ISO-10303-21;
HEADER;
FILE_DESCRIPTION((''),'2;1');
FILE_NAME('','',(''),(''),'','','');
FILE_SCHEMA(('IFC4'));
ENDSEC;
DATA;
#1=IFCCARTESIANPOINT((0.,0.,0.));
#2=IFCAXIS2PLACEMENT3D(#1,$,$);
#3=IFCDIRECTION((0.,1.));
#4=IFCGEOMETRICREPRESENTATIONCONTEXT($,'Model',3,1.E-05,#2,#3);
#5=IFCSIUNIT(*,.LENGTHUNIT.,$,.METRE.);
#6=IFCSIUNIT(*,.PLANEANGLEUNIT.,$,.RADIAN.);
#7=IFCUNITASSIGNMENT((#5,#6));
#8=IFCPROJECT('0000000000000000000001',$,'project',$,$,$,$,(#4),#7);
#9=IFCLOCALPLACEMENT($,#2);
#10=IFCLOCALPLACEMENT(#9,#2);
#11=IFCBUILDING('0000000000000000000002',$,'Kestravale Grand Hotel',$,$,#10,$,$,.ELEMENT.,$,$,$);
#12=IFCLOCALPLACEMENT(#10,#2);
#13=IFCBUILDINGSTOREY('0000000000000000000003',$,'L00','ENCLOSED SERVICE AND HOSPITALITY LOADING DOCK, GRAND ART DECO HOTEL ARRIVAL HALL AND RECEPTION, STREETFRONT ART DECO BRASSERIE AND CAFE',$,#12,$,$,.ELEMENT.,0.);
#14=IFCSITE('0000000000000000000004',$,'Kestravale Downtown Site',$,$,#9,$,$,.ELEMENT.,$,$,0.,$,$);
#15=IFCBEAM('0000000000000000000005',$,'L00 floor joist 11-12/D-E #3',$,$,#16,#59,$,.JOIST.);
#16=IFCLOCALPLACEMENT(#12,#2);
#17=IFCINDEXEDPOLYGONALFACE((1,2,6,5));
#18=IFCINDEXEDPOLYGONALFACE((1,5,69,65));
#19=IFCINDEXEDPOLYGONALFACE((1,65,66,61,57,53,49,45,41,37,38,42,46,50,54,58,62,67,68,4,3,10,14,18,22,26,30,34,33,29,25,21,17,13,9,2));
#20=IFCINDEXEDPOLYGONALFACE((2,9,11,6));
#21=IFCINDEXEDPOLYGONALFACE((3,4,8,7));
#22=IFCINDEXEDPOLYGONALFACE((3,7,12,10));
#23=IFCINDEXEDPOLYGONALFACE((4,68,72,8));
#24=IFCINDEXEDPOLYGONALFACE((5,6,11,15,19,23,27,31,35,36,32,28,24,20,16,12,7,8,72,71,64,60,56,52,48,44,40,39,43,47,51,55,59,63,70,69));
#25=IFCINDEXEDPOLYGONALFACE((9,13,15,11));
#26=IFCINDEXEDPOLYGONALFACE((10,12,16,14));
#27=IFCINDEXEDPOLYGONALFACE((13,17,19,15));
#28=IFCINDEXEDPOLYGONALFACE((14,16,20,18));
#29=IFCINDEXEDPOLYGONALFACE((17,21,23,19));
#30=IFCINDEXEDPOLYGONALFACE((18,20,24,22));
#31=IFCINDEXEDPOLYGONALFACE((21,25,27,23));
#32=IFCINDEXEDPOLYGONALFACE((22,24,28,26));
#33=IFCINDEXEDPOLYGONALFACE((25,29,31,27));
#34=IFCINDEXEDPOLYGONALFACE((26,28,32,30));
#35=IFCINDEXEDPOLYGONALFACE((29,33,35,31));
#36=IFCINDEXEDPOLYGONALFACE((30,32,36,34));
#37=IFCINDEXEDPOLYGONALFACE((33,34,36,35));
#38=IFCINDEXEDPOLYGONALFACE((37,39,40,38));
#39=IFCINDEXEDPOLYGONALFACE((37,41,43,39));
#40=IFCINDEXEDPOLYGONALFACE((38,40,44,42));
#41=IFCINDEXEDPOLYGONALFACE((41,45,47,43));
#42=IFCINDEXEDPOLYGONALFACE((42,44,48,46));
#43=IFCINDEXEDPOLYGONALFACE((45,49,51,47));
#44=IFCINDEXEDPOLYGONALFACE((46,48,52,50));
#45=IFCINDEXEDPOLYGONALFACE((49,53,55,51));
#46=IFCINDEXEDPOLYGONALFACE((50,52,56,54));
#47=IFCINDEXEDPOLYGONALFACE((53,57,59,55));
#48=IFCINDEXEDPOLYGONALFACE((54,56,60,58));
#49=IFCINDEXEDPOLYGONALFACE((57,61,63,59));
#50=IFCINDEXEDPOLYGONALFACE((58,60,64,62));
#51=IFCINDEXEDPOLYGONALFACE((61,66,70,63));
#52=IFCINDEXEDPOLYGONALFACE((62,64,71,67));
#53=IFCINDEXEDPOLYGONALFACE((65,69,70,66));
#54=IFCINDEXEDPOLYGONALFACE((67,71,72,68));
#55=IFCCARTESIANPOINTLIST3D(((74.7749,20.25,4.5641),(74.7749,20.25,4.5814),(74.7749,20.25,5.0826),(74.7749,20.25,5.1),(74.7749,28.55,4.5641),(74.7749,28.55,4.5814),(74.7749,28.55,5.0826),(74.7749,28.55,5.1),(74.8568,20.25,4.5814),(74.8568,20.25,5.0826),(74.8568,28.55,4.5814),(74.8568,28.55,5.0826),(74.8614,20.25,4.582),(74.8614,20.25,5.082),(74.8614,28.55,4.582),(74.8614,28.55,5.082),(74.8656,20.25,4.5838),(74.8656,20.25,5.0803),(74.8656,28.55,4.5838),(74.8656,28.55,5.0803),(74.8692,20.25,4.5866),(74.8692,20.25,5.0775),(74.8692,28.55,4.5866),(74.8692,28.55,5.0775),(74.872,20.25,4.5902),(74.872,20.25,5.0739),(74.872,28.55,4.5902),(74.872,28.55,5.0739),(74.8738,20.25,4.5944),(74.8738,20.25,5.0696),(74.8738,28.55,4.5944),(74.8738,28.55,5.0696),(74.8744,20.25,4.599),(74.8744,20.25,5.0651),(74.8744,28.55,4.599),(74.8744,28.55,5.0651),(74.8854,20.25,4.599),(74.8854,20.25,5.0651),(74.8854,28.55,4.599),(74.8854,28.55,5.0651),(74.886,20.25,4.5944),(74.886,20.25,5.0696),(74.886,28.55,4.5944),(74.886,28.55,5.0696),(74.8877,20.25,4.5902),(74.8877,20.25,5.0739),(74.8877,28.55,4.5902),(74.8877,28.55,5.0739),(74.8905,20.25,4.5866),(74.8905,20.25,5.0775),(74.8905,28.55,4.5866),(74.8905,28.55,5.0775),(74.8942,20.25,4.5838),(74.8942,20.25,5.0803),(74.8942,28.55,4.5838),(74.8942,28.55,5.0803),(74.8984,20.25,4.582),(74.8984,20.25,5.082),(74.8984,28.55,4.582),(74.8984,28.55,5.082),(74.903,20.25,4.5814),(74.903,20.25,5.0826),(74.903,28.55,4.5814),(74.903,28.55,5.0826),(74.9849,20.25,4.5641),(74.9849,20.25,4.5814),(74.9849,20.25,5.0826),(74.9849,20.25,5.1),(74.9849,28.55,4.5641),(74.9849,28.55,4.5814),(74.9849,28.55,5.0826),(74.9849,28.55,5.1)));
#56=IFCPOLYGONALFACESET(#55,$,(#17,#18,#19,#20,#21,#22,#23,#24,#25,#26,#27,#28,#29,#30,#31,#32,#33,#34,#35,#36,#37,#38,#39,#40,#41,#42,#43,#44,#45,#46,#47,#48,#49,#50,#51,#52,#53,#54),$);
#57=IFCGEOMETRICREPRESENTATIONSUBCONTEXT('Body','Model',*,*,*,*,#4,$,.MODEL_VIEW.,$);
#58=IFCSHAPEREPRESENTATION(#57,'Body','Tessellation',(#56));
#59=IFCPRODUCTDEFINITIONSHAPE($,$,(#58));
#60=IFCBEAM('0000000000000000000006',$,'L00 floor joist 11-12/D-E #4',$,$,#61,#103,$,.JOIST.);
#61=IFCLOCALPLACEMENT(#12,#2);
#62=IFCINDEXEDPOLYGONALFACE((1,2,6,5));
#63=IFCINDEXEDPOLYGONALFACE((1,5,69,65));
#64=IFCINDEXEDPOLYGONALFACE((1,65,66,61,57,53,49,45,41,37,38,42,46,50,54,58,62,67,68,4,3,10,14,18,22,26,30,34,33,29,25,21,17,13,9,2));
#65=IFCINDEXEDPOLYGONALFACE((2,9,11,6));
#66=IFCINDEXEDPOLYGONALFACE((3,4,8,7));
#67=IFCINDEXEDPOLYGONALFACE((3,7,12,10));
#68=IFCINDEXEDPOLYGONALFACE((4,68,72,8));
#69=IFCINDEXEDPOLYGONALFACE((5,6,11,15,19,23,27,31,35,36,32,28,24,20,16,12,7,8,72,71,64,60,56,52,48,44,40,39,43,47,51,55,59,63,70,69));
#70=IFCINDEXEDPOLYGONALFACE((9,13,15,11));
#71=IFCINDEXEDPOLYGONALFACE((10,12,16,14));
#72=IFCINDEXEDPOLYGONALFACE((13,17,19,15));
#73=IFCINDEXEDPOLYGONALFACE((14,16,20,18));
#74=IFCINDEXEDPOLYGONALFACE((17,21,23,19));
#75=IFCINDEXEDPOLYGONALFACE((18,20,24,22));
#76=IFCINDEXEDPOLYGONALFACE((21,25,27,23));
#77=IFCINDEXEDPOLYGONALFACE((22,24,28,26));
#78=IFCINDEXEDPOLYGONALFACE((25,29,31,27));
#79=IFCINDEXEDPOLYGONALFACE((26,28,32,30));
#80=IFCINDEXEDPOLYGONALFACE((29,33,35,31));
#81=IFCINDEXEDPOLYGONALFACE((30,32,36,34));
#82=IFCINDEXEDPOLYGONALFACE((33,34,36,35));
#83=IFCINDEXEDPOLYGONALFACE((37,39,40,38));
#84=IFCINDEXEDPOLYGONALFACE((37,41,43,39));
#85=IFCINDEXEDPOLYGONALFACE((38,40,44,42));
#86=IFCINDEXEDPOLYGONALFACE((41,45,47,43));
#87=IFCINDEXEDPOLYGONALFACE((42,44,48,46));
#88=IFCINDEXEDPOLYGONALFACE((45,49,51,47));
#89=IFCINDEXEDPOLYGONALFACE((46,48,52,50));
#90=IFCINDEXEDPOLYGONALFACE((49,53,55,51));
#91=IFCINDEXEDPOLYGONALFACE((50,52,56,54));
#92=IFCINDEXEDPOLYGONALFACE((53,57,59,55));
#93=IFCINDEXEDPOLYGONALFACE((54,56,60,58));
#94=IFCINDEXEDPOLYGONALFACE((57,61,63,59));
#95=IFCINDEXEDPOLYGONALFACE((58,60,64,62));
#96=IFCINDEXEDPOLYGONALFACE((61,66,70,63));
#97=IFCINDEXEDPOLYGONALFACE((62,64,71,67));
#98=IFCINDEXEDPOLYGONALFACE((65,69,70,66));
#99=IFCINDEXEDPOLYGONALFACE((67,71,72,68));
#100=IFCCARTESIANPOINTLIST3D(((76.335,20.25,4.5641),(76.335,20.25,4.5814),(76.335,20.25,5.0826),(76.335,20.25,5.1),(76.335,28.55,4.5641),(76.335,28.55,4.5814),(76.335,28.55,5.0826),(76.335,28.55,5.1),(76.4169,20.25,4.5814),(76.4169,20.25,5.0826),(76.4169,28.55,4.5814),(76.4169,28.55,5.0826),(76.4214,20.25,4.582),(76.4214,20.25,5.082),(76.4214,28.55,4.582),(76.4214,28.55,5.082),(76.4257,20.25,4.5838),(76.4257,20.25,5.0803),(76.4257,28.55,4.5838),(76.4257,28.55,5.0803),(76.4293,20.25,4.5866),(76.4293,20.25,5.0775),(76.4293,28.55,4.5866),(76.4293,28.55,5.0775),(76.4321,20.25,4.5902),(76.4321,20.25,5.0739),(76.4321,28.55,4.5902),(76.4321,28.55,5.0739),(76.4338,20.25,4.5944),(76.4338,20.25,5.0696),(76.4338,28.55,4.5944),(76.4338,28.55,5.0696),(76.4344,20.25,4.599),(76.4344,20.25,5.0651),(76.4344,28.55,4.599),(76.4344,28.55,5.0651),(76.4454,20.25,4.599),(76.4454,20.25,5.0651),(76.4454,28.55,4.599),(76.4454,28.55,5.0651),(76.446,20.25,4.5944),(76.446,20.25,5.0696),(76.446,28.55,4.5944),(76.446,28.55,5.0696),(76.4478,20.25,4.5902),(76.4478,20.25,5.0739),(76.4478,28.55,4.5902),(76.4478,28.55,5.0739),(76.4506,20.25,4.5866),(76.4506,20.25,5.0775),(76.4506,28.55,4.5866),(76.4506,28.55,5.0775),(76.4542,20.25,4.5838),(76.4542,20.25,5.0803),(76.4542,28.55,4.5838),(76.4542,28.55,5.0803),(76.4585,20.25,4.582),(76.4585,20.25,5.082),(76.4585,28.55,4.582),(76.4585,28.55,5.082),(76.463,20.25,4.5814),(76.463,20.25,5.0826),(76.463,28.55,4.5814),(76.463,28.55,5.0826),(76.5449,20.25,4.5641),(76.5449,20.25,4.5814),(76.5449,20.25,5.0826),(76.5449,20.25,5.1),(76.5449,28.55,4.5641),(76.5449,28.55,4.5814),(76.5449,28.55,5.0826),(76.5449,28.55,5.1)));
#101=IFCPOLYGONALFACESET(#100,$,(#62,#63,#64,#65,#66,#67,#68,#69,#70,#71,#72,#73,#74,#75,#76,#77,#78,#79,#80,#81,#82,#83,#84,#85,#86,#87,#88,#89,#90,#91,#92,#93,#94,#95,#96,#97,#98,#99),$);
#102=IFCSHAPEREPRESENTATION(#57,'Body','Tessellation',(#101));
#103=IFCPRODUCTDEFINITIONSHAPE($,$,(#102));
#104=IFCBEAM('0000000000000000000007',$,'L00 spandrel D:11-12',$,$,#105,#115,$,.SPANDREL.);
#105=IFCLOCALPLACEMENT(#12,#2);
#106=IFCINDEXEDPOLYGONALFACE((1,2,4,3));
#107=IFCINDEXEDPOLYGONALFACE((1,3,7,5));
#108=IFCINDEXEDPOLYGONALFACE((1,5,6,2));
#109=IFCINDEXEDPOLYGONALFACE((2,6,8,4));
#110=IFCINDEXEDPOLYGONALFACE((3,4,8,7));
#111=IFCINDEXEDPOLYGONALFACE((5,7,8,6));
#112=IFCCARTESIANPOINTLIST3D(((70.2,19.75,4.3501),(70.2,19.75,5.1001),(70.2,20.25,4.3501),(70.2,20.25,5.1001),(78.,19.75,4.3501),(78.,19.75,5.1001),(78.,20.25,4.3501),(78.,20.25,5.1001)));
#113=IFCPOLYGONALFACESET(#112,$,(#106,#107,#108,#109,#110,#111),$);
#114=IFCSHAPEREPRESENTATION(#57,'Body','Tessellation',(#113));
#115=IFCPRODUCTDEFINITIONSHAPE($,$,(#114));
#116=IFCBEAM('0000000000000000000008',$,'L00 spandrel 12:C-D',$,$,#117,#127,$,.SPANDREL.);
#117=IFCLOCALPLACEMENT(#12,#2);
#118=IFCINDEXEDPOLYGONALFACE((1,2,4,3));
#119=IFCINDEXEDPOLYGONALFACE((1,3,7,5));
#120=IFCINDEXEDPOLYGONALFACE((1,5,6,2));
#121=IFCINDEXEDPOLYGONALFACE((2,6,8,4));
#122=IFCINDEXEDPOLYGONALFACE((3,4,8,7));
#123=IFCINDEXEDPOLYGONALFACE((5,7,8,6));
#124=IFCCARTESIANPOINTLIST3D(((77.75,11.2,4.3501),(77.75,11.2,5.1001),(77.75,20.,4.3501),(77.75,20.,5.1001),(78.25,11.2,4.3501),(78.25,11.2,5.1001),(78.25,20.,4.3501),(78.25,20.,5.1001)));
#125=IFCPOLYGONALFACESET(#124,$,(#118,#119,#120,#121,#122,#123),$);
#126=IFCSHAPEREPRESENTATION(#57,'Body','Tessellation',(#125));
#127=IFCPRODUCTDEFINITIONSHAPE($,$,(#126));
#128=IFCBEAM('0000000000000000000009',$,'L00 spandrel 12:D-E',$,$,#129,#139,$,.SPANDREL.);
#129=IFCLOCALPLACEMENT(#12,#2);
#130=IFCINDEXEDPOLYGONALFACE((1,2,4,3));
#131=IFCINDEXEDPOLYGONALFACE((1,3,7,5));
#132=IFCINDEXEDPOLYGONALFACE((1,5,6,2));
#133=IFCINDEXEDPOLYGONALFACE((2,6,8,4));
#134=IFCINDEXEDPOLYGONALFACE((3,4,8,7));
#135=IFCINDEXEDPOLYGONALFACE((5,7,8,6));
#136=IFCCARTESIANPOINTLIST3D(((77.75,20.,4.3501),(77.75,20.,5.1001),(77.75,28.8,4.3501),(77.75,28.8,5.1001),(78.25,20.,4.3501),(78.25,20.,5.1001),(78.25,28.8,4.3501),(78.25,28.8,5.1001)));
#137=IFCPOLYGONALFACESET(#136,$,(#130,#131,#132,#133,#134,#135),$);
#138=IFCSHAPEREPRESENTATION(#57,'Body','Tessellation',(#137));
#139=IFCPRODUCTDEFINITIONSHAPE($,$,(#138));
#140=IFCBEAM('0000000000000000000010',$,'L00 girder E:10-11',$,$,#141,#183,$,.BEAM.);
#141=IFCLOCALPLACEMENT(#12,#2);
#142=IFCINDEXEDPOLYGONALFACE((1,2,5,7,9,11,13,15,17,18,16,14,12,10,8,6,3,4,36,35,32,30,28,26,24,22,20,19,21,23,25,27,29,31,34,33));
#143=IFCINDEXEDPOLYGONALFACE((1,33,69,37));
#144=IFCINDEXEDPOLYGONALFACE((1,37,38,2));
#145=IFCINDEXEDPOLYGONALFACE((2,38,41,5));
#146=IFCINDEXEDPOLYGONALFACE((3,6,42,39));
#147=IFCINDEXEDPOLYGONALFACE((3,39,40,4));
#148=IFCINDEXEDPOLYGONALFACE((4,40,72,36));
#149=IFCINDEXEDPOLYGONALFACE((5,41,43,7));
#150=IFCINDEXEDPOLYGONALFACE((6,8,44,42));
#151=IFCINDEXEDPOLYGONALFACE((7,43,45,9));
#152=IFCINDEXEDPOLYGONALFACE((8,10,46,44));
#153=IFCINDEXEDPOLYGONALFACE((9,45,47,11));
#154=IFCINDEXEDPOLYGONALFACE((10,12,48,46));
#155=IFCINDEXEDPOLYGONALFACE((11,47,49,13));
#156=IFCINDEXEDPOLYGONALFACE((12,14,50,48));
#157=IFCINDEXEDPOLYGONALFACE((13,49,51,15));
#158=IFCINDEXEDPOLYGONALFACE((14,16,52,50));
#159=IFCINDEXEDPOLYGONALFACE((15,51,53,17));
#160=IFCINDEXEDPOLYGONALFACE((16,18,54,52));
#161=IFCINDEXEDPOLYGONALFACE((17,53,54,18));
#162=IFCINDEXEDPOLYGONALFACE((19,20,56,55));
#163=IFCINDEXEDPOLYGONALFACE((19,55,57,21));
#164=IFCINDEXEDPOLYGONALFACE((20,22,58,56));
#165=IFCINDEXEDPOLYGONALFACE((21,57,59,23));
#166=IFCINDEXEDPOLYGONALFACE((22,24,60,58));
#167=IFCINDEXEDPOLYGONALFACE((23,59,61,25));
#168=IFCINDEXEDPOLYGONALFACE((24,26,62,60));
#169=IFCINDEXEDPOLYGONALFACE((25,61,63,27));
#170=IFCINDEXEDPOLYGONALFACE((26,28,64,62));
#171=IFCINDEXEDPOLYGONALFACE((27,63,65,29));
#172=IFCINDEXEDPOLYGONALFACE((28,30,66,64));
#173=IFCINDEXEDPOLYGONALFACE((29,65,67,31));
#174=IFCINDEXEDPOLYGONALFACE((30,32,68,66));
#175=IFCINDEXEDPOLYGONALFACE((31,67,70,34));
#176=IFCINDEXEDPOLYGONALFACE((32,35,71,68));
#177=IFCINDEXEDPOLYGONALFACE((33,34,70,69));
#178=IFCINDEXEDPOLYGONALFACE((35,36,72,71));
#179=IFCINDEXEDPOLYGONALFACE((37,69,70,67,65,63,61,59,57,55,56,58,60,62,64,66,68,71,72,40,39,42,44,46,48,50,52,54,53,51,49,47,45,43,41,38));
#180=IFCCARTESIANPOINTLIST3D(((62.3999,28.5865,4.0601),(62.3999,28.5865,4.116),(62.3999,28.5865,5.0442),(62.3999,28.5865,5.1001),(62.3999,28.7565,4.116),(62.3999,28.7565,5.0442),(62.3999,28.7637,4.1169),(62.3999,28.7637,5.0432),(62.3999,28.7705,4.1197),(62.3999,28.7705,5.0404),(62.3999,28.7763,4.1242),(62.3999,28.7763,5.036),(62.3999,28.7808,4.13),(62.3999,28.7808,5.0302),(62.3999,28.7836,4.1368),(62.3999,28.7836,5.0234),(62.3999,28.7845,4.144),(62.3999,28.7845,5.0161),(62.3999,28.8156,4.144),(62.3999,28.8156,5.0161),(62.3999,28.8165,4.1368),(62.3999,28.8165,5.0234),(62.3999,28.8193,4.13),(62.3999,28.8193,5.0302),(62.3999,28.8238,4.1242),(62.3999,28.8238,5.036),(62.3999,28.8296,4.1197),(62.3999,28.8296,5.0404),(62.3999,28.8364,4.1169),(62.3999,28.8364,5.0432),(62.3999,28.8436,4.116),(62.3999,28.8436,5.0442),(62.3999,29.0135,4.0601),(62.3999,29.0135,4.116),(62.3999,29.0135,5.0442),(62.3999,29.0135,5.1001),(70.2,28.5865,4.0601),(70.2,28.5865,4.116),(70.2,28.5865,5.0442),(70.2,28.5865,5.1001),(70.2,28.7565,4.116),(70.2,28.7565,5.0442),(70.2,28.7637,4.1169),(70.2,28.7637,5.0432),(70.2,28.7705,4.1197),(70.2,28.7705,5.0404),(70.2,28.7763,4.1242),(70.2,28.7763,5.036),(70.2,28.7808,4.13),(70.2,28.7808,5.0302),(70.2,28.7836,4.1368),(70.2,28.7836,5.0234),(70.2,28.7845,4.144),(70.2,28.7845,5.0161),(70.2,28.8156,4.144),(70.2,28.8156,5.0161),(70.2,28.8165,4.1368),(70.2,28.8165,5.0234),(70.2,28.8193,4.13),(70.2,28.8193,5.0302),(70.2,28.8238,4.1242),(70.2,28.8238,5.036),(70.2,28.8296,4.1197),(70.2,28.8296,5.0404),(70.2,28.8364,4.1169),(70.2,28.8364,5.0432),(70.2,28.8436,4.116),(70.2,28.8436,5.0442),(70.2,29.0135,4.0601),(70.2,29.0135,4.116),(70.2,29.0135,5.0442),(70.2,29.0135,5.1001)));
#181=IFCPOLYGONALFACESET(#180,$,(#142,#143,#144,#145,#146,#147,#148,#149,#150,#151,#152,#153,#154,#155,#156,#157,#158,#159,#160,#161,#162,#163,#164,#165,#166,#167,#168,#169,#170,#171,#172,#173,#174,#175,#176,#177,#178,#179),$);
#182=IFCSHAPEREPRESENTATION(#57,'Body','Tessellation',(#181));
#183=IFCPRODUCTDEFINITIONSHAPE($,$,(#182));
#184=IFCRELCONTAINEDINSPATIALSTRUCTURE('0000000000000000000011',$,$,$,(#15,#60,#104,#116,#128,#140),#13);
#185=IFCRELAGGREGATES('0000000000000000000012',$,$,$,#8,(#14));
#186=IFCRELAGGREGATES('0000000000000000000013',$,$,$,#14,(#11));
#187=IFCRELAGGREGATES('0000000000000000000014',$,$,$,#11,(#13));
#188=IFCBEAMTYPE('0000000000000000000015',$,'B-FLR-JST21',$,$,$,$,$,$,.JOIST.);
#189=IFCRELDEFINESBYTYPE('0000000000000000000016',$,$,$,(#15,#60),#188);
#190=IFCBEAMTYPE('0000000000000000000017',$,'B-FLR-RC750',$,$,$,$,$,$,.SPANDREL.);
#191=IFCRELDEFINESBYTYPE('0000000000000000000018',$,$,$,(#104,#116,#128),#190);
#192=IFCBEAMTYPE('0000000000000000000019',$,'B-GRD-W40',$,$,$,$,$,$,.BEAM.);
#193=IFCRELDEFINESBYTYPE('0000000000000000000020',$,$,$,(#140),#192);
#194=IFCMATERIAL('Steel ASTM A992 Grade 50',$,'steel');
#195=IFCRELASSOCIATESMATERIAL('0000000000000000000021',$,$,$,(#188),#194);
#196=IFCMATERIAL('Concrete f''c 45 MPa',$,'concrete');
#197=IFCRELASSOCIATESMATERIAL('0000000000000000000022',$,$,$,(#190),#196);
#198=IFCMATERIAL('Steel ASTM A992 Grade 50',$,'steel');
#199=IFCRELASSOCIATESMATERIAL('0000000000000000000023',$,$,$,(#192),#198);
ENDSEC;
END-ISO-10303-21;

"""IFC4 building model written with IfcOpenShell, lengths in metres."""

from ifc_helpers import new_model, si_unit, direction, frame, origin, origin_2d, place, context, subcontext, project, spatial, rectangle, i_section, extrude, material, material_profile, profile_set, type_object, element, save


model = new_model("IFC4")

# Units and contexts
model_context = context("Model", 3, precision=1e-05, world=origin(), true_north=direction((0.0, 1.0)))
body_context = subcontext(model_context, "Body", "Model", "MODEL_VIEW")
ifc_project = project(units=[si_unit("LENGTHUNIT", "METRE"), si_unit("PLANEANGLEUNIT", "RADIAN")], contexts=[model_context])

# Site, building, storey
site_placement = place(None, origin())
site = spatial("IfcSite", under=ifc_project, at=site_placement, Name="Kestravale Downtown Site", CompositionType="ELEMENT", RefElevation=0.0)
building_placement = place(site_placement, origin())
building = spatial("IfcBuilding", under=site, at=building_placement, Name="Kestravale Grand Hotel", CompositionType="ELEMENT")
storey_placement = place(building_placement, origin())
storey = spatial("IfcBuildingStorey", under=building, at=storey_placement, Name="L00", Description="ENCLOSED SERVICE AND HOSPITALITY LOADING DOCK, GRAND ART DECO HOTEL ARRIVAL HALL AND RECEPTION, STREETFRONT ART DECO BRASSERIE AND CAFE", CompositionType="ELEMENT", Elevation=0.0)

# Beams
ifc_material_1 = material(Name="Steel ASTM A992 Grade 50", Category="steel")
ifc_material_profile_1 = material_profile(ifc_material_1, i_section(OverallWidth=0.21, OverallDepth=0.5359, WebThickness=0.011, FlangeThickness=0.0173, FilletRadius=0.0176, at=origin_2d()))
ifc_profile_set_1 = profile_set([ifc_material_profile_1], Name="Steel ASTM A992 Grade 50")
beam_type_1 = type_object("IfcBeamType", Name="B-FLR-JST21", PredefinedType="JOIST", material=ifc_profile_set_1)
for number, where, z_axis, x_axis, name in (
    (1, (74.8799, 20.25, 4.832), (0.0, 1.0, 0.0), (-1.0, 0.0, 0.0), "L00 floor joist 11-12/D-E #3"),
    (2, (76.4399, 20.25, 4.832), (0.0, 1.0, 0.0), (-1.0, 0.0, 0.0), "L00 floor joist 11-12/D-E #4"),
):
    element("IfcBeam", number, at=place(storey_placement, frame(where, z_axis=z_axis, x_axis=x_axis)), inside=storey, type_object=beam_type_1, Name=name, PredefinedType="JOIST", context=body_context, shape_type="SweptSolid", body=[
        extrude(i_section(OverallWidth=0.21, OverallDepth=0.5359, WebThickness=0.011, FlangeThickness=0.0173, FilletRadius=0.0176, at=origin_2d()), origin(), (0.0, 0.0, 1.0), 8.3),
    ])
ifc_material_2 = material(Name="Concrete f'c 45 MPa", Category="concrete")
ifc_material_profile_2 = material_profile(ifc_material_2, rectangle(XDim=0.5, YDim=0.75, at=origin_2d()))
ifc_profile_set_2 = profile_set([ifc_material_profile_2], Name="Concrete f'c 45 MPa")
beam_type_2 = type_object("IfcBeamType", Name="B-FLR-RC750", PredefinedType="SPANDREL", material=ifc_profile_set_2)
beam_1_placement = place(storey_placement, frame((70.2, 20.0, 4.7251), z_axis=(1.0, 0.0, 0.0), x_axis=(0.0, 1.0, 0.0)))
element("IfcBeam", 3, at=beam_1_placement, inside=storey, type_object=beam_type_2, Name="L00 spandrel D:11-12", PredefinedType="SPANDREL", context=body_context, shape_type="SweptSolid", body=[
    extrude(rectangle(XDim=0.5, YDim=0.75, at=origin_2d()), origin(), (0.0, 0.0, 1.0), 7.8),
])
for number, where, z_axis, x_axis, name in (
    (4, (78.0, 11.2, 4.7251), (0.0, 1.0, 0.0), (-1.0, 0.0, 0.0), "L00 spandrel 12:C-D"),
    (5, (78.0, 20.0, 4.7251), (0.0, 1.0, 0.0), (-1.0, 0.0, 0.0), "L00 spandrel 12:D-E"),
):
    element("IfcBeam", number, at=place(storey_placement, frame(where, z_axis=z_axis, x_axis=x_axis)), inside=storey, type_object=beam_type_2, Name=name, PredefinedType="SPANDREL", context=body_context, shape_type="SweptSolid", body=[
        extrude(rectangle(XDim=0.5, YDim=0.75, at=origin_2d()), origin(), (0.0, 0.0, 1.0), 8.8),
    ])
ifc_material_3 = material(Name="Steel ASTM A992 Grade 50", Category="steel")
ifc_material_profile_3 = material_profile(ifc_material_3, i_section(OverallWidth=0.427, OverallDepth=1.04, WebThickness=0.031, FlangeThickness=0.0559, FilletRadius=0.0281, at=origin_2d()))
ifc_profile_set_3 = profile_set([ifc_material_profile_3], Name="Steel ASTM A992 Grade 50")
beam_type_3 = type_object("IfcBeamType", Name="B-GRD-W40", PredefinedType="BEAM", material=ifc_profile_set_3)
beam_2_placement = place(storey_placement, frame((62.3999, 28.8, 4.5801), z_axis=(1.0, 0.0, 0.0), x_axis=(0.0, 1.0, 0.0)))
element("IfcBeam", 6, at=beam_2_placement, inside=storey, type_object=beam_type_3, Name="L00 girder E:10-11", PredefinedType="BEAM", context=body_context, shape_type="SweptSolid", body=[
    extrude(i_section(OverallWidth=0.427, OverallDepth=1.04, WebThickness=0.031, FlangeThickness=0.0559, FilletRadius=0.0281, at=origin_2d()), origin(), (0.0, 0.0, 1.0), 7.8),
])

save(model, "model.ifc")
